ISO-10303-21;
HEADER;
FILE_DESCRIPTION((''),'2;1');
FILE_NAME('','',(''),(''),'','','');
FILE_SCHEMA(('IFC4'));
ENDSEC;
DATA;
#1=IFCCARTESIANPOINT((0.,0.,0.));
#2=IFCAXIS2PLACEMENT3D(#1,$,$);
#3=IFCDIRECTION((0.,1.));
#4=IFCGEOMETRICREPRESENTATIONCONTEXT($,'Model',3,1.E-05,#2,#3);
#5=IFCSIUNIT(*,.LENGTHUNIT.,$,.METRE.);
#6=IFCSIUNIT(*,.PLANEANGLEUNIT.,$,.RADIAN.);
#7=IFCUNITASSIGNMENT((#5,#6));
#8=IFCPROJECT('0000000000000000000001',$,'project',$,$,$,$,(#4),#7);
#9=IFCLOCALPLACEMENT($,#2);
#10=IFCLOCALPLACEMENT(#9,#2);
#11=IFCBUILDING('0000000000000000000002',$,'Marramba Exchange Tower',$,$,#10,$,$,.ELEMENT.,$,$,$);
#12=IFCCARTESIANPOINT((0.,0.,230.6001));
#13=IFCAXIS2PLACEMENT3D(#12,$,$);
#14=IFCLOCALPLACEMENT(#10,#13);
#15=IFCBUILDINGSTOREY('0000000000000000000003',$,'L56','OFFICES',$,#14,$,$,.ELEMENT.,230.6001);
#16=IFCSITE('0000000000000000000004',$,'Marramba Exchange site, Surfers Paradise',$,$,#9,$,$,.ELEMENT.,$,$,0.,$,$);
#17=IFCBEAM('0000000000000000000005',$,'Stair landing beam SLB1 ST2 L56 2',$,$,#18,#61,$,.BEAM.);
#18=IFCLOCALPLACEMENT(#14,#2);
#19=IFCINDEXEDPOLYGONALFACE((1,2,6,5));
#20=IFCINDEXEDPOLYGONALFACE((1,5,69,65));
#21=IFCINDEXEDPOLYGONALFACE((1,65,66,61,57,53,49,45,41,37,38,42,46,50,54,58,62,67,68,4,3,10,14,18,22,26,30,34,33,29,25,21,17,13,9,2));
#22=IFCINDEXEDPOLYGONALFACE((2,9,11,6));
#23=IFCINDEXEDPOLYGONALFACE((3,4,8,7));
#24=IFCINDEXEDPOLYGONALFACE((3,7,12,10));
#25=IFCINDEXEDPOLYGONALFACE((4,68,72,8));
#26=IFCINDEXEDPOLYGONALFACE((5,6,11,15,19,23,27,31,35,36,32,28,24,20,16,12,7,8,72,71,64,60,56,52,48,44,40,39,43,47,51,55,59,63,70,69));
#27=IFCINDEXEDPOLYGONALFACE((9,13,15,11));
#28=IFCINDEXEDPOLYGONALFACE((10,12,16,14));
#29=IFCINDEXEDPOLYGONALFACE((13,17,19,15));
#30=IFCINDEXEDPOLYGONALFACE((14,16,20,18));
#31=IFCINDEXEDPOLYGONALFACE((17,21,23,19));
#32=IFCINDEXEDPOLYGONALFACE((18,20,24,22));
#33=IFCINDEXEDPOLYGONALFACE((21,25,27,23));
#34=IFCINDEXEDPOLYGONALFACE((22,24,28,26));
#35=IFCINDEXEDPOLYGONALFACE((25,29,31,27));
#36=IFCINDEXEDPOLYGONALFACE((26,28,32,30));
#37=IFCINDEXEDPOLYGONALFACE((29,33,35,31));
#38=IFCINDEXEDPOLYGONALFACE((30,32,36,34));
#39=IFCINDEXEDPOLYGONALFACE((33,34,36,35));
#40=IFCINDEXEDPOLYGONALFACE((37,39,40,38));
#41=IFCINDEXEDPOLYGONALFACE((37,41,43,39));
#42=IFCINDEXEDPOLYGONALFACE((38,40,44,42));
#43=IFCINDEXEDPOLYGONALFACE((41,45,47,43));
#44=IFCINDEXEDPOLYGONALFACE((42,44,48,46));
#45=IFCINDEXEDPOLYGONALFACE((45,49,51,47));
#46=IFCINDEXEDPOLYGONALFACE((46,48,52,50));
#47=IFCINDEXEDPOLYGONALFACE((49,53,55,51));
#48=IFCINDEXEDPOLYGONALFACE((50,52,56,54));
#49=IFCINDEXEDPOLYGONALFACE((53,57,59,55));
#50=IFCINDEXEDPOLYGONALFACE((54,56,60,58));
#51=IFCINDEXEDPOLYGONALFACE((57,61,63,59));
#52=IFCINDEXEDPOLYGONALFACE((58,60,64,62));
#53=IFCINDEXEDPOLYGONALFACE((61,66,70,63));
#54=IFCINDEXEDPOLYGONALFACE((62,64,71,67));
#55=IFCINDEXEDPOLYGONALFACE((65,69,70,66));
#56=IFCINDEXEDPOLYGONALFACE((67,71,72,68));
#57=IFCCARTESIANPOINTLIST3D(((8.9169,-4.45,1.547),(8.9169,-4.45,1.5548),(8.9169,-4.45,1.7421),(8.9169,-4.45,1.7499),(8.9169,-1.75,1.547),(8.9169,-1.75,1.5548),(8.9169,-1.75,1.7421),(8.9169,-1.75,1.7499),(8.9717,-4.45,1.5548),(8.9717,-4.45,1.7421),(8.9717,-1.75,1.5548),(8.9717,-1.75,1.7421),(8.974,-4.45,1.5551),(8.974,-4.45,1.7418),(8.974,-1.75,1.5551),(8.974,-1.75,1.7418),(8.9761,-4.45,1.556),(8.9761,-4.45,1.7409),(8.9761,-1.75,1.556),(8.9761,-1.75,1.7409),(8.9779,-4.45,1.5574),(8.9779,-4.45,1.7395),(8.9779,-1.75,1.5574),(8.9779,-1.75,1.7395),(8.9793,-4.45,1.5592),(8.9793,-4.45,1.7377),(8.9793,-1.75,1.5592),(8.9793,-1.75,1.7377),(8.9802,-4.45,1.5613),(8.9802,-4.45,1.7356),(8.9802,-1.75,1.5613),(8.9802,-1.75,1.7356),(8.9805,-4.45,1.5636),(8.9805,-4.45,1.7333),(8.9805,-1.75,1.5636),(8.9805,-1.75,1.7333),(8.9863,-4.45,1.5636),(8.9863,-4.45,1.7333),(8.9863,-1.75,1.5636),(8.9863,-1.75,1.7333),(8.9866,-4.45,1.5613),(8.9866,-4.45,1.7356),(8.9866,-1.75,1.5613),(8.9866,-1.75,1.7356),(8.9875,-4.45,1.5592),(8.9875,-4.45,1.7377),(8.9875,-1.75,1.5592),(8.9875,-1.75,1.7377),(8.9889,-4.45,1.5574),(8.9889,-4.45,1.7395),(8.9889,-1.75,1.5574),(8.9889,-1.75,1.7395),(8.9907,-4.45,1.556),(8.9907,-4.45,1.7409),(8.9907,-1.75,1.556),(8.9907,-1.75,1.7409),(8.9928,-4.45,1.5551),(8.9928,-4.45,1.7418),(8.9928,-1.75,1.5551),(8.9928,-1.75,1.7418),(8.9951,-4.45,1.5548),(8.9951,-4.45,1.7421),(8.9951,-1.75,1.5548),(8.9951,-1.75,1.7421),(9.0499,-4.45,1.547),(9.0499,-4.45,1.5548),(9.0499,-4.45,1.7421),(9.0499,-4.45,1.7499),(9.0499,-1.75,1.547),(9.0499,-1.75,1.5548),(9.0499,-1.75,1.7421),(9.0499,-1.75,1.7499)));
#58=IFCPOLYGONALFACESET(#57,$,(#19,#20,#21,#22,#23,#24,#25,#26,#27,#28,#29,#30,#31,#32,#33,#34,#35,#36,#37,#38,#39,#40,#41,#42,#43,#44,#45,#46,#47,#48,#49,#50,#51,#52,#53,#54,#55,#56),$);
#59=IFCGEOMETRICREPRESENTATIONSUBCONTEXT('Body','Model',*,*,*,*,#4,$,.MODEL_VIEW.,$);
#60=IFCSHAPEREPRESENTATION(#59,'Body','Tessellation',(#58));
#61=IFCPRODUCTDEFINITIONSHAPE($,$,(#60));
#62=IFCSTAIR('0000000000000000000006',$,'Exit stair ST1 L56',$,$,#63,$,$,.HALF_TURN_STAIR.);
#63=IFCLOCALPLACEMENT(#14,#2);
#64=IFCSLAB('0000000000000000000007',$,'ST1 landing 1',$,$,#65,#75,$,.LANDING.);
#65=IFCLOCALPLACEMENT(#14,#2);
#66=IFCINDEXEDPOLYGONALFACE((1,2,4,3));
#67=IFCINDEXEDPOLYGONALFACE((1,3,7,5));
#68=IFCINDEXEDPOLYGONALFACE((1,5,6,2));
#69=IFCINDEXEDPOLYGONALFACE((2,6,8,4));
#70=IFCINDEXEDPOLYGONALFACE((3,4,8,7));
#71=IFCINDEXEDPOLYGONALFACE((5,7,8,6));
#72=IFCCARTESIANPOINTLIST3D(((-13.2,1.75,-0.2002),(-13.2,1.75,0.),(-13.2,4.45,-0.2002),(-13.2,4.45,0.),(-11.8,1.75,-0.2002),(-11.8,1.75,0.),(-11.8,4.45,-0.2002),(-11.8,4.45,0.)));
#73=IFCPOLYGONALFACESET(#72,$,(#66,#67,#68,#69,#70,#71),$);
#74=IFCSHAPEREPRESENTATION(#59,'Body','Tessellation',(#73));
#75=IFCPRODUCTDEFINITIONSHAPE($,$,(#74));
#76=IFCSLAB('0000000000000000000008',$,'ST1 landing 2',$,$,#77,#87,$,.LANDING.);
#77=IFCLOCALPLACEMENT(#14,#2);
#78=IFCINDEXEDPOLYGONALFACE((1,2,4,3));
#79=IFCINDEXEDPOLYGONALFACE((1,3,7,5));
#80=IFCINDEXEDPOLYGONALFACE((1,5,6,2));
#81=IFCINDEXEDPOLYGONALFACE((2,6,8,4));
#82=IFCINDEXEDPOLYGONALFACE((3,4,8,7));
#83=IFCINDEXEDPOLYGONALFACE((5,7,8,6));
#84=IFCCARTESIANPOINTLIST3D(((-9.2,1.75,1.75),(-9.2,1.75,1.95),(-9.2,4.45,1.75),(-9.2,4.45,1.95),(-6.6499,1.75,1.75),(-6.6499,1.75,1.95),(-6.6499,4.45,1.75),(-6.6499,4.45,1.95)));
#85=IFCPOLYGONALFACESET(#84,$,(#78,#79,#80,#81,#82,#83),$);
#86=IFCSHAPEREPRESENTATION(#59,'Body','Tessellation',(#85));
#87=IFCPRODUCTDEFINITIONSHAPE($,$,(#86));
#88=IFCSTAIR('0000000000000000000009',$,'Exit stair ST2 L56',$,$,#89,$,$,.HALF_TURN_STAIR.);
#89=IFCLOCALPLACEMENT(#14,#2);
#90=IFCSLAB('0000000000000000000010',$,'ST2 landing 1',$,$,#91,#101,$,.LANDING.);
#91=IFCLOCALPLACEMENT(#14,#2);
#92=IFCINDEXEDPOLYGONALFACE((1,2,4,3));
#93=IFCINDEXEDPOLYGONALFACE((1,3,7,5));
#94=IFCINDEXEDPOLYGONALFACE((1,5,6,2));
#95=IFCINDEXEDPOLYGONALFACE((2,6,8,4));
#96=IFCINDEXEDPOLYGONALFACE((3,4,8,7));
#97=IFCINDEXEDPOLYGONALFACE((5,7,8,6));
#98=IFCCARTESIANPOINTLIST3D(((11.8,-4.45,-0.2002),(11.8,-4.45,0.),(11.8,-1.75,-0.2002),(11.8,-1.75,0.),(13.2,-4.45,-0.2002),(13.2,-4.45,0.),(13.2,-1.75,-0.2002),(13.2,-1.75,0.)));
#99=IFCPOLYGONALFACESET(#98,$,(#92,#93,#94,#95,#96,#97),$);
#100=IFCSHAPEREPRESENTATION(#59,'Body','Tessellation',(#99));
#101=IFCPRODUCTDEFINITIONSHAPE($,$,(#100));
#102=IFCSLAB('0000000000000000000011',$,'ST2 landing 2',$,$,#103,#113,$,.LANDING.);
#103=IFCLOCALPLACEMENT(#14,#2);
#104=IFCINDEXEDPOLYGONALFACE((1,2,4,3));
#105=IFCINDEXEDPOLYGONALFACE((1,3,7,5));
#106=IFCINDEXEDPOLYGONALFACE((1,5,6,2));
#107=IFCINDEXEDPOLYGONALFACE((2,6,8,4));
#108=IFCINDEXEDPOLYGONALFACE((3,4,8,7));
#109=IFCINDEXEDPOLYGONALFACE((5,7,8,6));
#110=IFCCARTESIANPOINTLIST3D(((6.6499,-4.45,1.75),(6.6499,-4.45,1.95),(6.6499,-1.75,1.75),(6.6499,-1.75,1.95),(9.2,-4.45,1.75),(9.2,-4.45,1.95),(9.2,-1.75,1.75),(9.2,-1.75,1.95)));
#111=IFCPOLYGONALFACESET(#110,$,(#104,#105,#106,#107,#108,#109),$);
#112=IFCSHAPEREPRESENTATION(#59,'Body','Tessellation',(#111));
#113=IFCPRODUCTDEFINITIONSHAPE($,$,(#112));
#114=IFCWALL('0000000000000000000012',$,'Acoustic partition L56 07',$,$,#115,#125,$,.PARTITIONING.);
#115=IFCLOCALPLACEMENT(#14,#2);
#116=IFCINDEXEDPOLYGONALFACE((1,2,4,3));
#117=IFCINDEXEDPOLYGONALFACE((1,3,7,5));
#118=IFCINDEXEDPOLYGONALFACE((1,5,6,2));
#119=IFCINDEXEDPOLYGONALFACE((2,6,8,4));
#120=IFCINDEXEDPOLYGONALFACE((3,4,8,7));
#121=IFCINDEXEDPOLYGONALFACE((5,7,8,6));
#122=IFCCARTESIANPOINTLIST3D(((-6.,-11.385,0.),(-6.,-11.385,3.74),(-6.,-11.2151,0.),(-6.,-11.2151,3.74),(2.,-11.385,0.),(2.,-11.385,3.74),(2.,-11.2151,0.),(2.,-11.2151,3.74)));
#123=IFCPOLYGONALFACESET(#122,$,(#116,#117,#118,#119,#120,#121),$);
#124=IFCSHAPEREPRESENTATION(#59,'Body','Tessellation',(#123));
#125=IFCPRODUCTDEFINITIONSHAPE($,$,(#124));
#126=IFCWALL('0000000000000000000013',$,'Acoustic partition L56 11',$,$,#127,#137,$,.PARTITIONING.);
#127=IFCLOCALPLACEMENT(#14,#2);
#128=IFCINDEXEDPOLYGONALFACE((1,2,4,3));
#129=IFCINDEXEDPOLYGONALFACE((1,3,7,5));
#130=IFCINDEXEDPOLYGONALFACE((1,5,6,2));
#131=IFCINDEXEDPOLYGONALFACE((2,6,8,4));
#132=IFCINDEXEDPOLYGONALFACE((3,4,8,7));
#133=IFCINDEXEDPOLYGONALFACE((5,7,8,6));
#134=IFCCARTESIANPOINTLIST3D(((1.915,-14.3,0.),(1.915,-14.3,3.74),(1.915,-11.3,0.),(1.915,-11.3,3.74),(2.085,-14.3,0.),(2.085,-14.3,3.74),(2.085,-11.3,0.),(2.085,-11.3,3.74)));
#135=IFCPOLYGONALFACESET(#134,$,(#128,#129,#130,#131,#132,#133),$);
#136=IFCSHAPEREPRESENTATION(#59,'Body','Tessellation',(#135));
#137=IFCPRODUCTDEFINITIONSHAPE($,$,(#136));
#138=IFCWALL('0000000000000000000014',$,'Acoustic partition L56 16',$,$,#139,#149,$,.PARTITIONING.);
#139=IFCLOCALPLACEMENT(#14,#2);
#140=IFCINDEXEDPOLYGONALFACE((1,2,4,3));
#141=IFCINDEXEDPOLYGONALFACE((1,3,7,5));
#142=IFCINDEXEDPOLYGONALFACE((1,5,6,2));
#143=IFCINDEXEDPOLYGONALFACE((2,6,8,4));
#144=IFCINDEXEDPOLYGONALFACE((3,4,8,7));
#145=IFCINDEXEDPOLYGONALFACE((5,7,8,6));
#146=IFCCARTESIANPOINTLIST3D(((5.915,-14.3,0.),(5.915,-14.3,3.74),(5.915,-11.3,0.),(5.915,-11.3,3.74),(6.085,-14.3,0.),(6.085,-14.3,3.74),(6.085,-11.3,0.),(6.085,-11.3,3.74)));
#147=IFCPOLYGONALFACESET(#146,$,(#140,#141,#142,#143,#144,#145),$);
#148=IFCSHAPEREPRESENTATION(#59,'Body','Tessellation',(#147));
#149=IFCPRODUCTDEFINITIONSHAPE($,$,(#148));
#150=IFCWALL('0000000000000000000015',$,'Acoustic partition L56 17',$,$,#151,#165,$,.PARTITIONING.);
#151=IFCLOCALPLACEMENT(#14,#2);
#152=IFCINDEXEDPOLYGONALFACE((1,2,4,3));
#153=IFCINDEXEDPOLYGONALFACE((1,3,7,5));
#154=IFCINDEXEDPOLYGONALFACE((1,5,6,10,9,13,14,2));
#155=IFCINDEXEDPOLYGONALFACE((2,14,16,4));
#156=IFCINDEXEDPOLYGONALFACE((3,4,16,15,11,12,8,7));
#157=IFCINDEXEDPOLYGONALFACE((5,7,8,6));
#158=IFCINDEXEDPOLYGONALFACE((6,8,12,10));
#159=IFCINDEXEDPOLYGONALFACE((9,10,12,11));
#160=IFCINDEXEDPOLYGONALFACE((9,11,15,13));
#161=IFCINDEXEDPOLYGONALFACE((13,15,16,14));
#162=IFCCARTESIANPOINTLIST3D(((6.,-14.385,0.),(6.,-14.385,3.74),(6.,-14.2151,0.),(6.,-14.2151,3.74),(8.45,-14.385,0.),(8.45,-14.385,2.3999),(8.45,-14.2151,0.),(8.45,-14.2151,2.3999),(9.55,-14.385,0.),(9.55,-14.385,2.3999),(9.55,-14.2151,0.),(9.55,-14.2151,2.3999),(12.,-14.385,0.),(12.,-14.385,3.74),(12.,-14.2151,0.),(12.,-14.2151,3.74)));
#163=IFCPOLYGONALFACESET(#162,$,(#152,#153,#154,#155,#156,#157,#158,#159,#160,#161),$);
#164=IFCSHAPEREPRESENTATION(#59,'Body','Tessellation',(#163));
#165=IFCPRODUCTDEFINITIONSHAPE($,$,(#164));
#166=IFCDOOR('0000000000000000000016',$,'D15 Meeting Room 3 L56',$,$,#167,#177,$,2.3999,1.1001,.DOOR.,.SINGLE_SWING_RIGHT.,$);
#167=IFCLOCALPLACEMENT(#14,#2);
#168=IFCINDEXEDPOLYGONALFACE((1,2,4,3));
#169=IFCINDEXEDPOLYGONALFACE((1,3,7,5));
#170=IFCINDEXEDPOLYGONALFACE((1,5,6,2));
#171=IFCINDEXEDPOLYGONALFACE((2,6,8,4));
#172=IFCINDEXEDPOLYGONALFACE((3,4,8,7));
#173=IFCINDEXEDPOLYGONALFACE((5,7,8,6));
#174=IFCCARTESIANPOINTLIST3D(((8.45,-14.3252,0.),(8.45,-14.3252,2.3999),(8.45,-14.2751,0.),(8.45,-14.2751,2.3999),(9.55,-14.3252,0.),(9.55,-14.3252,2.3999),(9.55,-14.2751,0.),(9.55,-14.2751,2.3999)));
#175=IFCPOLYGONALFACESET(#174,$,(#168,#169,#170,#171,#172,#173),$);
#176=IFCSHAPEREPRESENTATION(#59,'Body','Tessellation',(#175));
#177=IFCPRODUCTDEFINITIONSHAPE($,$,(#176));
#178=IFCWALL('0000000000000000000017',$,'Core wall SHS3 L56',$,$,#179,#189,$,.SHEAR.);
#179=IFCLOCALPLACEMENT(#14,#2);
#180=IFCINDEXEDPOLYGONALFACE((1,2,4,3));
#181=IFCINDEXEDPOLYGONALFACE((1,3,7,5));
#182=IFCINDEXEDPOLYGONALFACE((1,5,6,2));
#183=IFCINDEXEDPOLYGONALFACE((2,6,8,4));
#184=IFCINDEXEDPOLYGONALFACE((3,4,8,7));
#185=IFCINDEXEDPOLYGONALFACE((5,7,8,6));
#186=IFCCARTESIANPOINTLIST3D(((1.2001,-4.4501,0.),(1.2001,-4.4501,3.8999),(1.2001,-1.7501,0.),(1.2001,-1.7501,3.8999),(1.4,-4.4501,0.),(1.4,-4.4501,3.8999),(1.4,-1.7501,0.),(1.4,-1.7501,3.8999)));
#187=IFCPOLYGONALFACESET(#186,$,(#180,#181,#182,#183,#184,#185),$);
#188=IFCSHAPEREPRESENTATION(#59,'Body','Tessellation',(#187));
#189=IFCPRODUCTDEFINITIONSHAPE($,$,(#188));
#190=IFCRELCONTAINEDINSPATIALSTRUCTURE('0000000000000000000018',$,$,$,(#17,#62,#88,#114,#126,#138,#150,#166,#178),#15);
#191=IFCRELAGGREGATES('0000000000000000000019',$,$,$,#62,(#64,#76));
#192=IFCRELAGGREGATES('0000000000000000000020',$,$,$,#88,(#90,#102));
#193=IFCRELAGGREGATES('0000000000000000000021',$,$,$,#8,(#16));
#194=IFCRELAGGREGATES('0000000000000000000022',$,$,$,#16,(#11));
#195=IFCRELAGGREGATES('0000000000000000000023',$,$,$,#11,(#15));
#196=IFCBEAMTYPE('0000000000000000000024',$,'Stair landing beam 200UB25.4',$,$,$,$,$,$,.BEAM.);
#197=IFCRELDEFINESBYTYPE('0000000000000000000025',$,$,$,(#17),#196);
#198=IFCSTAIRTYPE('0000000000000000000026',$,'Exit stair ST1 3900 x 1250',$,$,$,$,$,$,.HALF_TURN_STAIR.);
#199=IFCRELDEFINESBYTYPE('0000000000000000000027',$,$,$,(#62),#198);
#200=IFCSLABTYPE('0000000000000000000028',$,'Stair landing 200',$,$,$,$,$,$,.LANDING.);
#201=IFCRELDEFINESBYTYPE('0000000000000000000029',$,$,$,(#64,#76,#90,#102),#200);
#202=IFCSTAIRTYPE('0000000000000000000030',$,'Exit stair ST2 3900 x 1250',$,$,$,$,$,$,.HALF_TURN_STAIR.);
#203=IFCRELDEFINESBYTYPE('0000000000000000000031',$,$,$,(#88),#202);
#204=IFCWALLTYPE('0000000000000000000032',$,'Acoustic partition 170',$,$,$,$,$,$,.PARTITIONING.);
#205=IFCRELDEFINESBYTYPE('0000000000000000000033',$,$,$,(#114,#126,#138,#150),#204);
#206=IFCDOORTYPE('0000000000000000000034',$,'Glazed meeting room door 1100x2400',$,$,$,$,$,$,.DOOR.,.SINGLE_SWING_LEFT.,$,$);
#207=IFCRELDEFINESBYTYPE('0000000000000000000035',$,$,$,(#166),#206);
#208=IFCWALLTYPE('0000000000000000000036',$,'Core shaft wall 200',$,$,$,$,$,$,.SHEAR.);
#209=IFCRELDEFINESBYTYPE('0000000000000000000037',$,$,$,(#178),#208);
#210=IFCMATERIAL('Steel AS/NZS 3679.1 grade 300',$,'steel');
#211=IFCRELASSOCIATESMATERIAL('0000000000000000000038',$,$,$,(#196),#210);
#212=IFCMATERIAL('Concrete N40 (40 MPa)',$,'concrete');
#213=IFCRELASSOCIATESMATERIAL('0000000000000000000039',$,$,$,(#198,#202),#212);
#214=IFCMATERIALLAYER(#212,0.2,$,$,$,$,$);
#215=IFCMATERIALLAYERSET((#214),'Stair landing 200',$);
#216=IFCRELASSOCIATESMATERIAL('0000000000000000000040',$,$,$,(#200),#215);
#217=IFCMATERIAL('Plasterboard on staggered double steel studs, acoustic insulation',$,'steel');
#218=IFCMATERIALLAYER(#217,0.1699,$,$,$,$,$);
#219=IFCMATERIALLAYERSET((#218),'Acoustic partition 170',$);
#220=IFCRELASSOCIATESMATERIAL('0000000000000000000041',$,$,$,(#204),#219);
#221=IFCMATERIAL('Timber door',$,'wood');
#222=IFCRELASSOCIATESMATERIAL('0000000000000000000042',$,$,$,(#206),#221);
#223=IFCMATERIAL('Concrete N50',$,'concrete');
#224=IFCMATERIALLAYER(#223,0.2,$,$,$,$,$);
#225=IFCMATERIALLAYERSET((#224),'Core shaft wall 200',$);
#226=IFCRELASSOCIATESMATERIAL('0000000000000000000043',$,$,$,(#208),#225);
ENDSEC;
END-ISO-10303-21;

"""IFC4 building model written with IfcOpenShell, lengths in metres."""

from ifc_helpers import new_model, si_unit, direction, frame, frame_2d, origin, origin_2d, place, context, subcontext, project, spatial, polyline, rectangle, i_section, outline, extrude, material, layer, layer_set, material_profile, profile_set, type_object, element, fill, aggregate, save


model = new_model("IFC4")

# Units and contexts
model_context = context("Model", 3, precision=1e-05, world=origin(), true_north=direction((0.0, 1.0)))
body_context = subcontext(model_context, "Body", "Model", "MODEL_VIEW")
ifc_project = project(units=[si_unit("LENGTHUNIT", "METRE"), si_unit("PLANEANGLEUNIT", "RADIAN")], contexts=[model_context])

# Site, building, storey
site_placement = place(None, origin())
site = spatial("IfcSite", under=ifc_project, at=site_placement, Name="Marramba Exchange site, Surfers Paradise", CompositionType="ELEMENT", RefElevation=0.0)
building_placement = place(site_placement, origin())
building = spatial("IfcBuilding", under=site, at=building_placement, Name="Marramba Exchange Tower", CompositionType="ELEMENT")
storey_placement = place(building_placement, frame((0.0, 0.0, 230.6001)))
storey = spatial("IfcBuildingStorey", under=building, at=storey_placement, Name="L56", Description="OFFICES", CompositionType="ELEMENT", Elevation=230.6001)

# Beam
ifc_material_1 = material(Name="Steel AS/NZS 3679.1 grade 300", Category="steel")
ifc_material_profile_1 = material_profile(ifc_material_1, i_section(OverallWidth=0.1331, OverallDepth=0.2029, WebThickness=0.0059, FlangeThickness=0.0078, FilletRadius=0.0088, at=origin_2d()), Name="200UB25.4")
ifc_profile_set_1 = profile_set([ifc_material_profile_1], Name="Steel AS/NZS 3679.1 grade 300")
beam_type_1 = type_object("IfcBeamType", Name="Stair landing beam 200UB25.4", PredefinedType="BEAM", material=ifc_profile_set_1)
for number, where, z_axis, x_axis, name in (
    (1, (8.9834, -4.45, 1.6484), (0.0, 1.0, 0.0), (-1.0, 0.0, 0.0), "Stair landing beam SLB1 ST2 L56 2"),
):
    element("IfcBeam", number, at=place(storey_placement, frame(where, z_axis=z_axis, x_axis=x_axis)), inside=storey, type_object=beam_type_1, Name=name, PredefinedType="BEAM", context=body_context, shape_type="SweptSolid", body=[
        extrude(i_section(OverallWidth=0.1331, OverallDepth=0.2029, WebThickness=0.0059, FlangeThickness=0.0078, FilletRadius=0.0088, at=origin_2d()), origin(), (0.0, 0.0, 1.0), 2.7),
    ])

# Stairs, slabs
ifc_material_2 = material(Name="Concrete N40 (40 MPa)", Category="concrete")
stair_type_1 = type_object("IfcStairType", Name="Exit stair ST1 3900 x 1250", PredefinedType="HALF_TURN_STAIR", material=ifc_material_2)
stair_1_placement = place(storey_placement, origin())
stair_1 = element("IfcStair", 2, at=stair_1_placement, inside=storey, type_object=stair_type_1, Name="Exit stair ST1 L56", PredefinedType="HALF_TURN_STAIR")
ifc_layer_1 = layer(ifc_material_2, 0.2)
ifc_layer_set_1 = layer_set([ifc_layer_1], Name="Stair landing 200")
slab_type = type_object("IfcSlabType", Name="Stair landing 200", PredefinedType="LANDING", material=ifc_layer_set_1)
slab_1_placement = place(storey_placement, frame((0.0, 0.0, -0.2002)))
slab_1 = element("IfcSlab", 3, at=slab_1_placement, type_object=slab_type, Name="ST1 landing 1", PredefinedType="LANDING", context=body_context, shape_type="SweptSolid", body=[
    extrude(outline(polyline([(-13.2, 1.75), (-11.8, 1.75), (-11.8, 4.45), (-13.2, 4.45), (-13.2, 1.75)])), origin(), (0.0, 0.0, 1.0), 0.2002),
])
slab_2_placement = place(storey_placement, frame((0.0, 0.0, 1.75)))
slab_2 = element("IfcSlab", 4, at=slab_2_placement, type_object=slab_type, Name="ST1 landing 2", PredefinedType="LANDING", context=body_context, shape_type="SweptSolid", body=[
    extrude(outline(polyline([(-9.2, 1.75), (-6.6499, 1.75), (-6.6499, 4.45), (-9.2, 4.45), (-9.2, 1.75)])), origin(), (0.0, 0.0, 1.0), 0.2),
])
aggregate(stair_1, [slab_1, slab_2])
stair_type_2 = type_object("IfcStairType", Name="Exit stair ST2 3900 x 1250", PredefinedType="HALF_TURN_STAIR", material=ifc_material_2)
stair_2_placement = place(storey_placement, origin())
stair_2 = element("IfcStair", 5, at=stair_2_placement, inside=storey, type_object=stair_type_2, Name="Exit stair ST2 L56", PredefinedType="HALF_TURN_STAIR")
slab_3_placement = place(storey_placement, frame((0.0, 0.0, -0.2002)))
slab_3 = element("IfcSlab", 6, at=slab_3_placement, type_object=slab_type, Name="ST2 landing 1", PredefinedType="LANDING", context=body_context, shape_type="SweptSolid", body=[
    extrude(outline(polyline([(11.8, -4.45), (13.2, -4.45), (13.2, -1.75), (11.8, -1.75), (11.8, -4.45)])), origin(), (0.0, 0.0, 1.0), 0.2002),
])
slab_4_placement = place(storey_placement, frame((0.0, 0.0, 1.75)))
slab_4 = element("IfcSlab", 7, at=slab_4_placement, type_object=slab_type, Name="ST2 landing 2", PredefinedType="LANDING", context=body_context, shape_type="SweptSolid", body=[
    extrude(outline(polyline([(6.6499, -4.45), (9.2, -4.45), (9.2, -1.75), (6.6499, -1.75), (6.6499, -4.45)])), origin(), (0.0, 0.0, 1.0), 0.2),
])

# Walls
ifc_material_3 = material(Name="Plasterboard on staggered double steel studs, acoustic insulation", Category="steel")
ifc_layer_2 = layer(ifc_material_3, 0.1699)
ifc_layer_set_2 = layer_set([ifc_layer_2], Name="Acoustic partition 170")
wall_type_1 = type_object("IfcWallType", Name="Acoustic partition 170", PredefinedType="PARTITIONING", material=ifc_layer_set_2)
wall_1_placement = place(storey_placement, frame((2.0, -11.3, 0.0), z_axis=(0.0, 0.0, 1.0), x_axis=(-1.0, 0.0, 0.0)))
element("IfcWall", 8, at=wall_1_placement, inside=storey, type_object=wall_type_1, Name="Acoustic partition L56 07", PredefinedType="PARTITIONING", context=body_context, shape_type="SweptSolid", body=[
    extrude(rectangle(XDim=8.0, YDim=0.1699, at=frame_2d((4.0, 0.0))), origin(), (0.0, 0.0, 1.0), 3.74),
])
for number, where, z_axis, x_axis, name in (
    (9, (2.0, -11.3, 0.0), (0.0, 0.0, 1.0), (0.0, -1.0, 0.0), "Acoustic partition L56 11"),
    (10, (6.0, -11.3, 0.0), (0.0, 0.0, 1.0), (0.0, -1.0, 0.0), "Acoustic partition L56 16"),
):
    element("IfcWall", number, at=place(storey_placement, frame(where, z_axis=z_axis, x_axis=x_axis)), inside=storey, type_object=wall_type_1, Name=name, PredefinedType="PARTITIONING", context=body_context, shape_type="SweptSolid", body=[
        extrude(rectangle(XDim=3.0, YDim=0.1699, at=frame_2d((1.5, 0.0))), origin(), (0.0, 0.0, 1.0), 3.74),
    ])

# Wall, opening, door
wall_2_placement = place(storey_placement, frame((6.0, -14.3, 0.0), z_axis=(0.0, 0.0, 1.0), x_axis=(1.0, 0.0, 0.0)))
wall_2 = element("IfcWall", 11, at=wall_2_placement, inside=storey, type_object=wall_type_1, Name="Acoustic partition L56 17", PredefinedType="PARTITIONING", context=body_context, shape_type="SweptSolid", body=[
    extrude(rectangle(XDim=6.0, YDim=0.1699, at=frame_2d((3.0, 0.0))), origin(), (0.0, 0.0, 1.0), 3.74),
])
opening_1_placement = place(wall_2_placement, frame((2.45, 0.0, 0.0)))
opening_1 = element("IfcOpeningElement", 12, at=opening_1_placement, cuts=wall_2, PredefinedType="OPENING", context=body_context, shape_type="SweptSolid", body=[
    extrude(rectangle(XDim=1.1001, YDim=2.3999, at=frame_2d((0.55, 1.2))), frame((0.0, 0.095, 0.0), z_axis=(0.0, -1.0, 0.0), x_axis=(1.0, 0.0, 0.0)), (0.0, 0.0, 1.0), 0.1899),
])
ifc_material_4 = material(Name="Timber door", Category="wood")
door_type_1 = type_object("IfcDoorType", Name="Glazed meeting room door 1100x2400", OperationType="SINGLE_SWING_LEFT", PredefinedType="DOOR", material=ifc_material_4)
door_1_placement = place(opening_1_placement, origin())
door_1 = element("IfcDoor", 13, at=door_1_placement, inside=storey, type_object=door_type_1, Name="D15 Meeting Room 3 L56", OperationType="SINGLE_SWING_RIGHT", OverallHeight=2.3999, OverallWidth=1.1001, PredefinedType="DOOR", context=body_context, shape_type="SweptSolid", body=[
    extrude(rectangle(XDim=1.1001, YDim=2.3999, at=frame_2d((0.55, 1.2))), frame((0.0, 0.0249, 0.0), z_axis=(0.0, -1.0, 0.0), x_axis=(1.0, 0.0, 0.0)), (0.0, 0.0, 1.0), 0.05),
])
fill(opening_1, door_1)

# Wall
ifc_material_5 = material(Name="Concrete N50", Category="concrete")
ifc_layer_3 = layer(ifc_material_5, 0.2)
ifc_layer_set_3 = layer_set([ifc_layer_3], Name="Core shaft wall 200")
wall_type_2 = type_object("IfcWallType", Name="Core shaft wall 200", PredefinedType="SHEAR", material=ifc_layer_set_3)
for number, where, z_axis, x_axis, name in (
    (14, (1.3, -1.75, 0.0), (0.0, 0.0, 1.0), (0.0, -1.0, 0.0), "Core wall SHS3 L56"),
):
    element("IfcWall", number, at=place(storey_placement, frame(where, z_axis=z_axis, x_axis=x_axis)), inside=storey, type_object=wall_type_2, Name=name, PredefinedType="SHEAR", context=body_context, shape_type="SweptSolid", body=[
        extrude(rectangle(XDim=2.7, YDim=0.2, at=frame_2d((1.3501, 0.0))), origin(), (0.0, 0.0, 1.0), 3.8999),
    ])

aggregate(stair_2, [slab_3, slab_4])

save(model, "model.ifc")
